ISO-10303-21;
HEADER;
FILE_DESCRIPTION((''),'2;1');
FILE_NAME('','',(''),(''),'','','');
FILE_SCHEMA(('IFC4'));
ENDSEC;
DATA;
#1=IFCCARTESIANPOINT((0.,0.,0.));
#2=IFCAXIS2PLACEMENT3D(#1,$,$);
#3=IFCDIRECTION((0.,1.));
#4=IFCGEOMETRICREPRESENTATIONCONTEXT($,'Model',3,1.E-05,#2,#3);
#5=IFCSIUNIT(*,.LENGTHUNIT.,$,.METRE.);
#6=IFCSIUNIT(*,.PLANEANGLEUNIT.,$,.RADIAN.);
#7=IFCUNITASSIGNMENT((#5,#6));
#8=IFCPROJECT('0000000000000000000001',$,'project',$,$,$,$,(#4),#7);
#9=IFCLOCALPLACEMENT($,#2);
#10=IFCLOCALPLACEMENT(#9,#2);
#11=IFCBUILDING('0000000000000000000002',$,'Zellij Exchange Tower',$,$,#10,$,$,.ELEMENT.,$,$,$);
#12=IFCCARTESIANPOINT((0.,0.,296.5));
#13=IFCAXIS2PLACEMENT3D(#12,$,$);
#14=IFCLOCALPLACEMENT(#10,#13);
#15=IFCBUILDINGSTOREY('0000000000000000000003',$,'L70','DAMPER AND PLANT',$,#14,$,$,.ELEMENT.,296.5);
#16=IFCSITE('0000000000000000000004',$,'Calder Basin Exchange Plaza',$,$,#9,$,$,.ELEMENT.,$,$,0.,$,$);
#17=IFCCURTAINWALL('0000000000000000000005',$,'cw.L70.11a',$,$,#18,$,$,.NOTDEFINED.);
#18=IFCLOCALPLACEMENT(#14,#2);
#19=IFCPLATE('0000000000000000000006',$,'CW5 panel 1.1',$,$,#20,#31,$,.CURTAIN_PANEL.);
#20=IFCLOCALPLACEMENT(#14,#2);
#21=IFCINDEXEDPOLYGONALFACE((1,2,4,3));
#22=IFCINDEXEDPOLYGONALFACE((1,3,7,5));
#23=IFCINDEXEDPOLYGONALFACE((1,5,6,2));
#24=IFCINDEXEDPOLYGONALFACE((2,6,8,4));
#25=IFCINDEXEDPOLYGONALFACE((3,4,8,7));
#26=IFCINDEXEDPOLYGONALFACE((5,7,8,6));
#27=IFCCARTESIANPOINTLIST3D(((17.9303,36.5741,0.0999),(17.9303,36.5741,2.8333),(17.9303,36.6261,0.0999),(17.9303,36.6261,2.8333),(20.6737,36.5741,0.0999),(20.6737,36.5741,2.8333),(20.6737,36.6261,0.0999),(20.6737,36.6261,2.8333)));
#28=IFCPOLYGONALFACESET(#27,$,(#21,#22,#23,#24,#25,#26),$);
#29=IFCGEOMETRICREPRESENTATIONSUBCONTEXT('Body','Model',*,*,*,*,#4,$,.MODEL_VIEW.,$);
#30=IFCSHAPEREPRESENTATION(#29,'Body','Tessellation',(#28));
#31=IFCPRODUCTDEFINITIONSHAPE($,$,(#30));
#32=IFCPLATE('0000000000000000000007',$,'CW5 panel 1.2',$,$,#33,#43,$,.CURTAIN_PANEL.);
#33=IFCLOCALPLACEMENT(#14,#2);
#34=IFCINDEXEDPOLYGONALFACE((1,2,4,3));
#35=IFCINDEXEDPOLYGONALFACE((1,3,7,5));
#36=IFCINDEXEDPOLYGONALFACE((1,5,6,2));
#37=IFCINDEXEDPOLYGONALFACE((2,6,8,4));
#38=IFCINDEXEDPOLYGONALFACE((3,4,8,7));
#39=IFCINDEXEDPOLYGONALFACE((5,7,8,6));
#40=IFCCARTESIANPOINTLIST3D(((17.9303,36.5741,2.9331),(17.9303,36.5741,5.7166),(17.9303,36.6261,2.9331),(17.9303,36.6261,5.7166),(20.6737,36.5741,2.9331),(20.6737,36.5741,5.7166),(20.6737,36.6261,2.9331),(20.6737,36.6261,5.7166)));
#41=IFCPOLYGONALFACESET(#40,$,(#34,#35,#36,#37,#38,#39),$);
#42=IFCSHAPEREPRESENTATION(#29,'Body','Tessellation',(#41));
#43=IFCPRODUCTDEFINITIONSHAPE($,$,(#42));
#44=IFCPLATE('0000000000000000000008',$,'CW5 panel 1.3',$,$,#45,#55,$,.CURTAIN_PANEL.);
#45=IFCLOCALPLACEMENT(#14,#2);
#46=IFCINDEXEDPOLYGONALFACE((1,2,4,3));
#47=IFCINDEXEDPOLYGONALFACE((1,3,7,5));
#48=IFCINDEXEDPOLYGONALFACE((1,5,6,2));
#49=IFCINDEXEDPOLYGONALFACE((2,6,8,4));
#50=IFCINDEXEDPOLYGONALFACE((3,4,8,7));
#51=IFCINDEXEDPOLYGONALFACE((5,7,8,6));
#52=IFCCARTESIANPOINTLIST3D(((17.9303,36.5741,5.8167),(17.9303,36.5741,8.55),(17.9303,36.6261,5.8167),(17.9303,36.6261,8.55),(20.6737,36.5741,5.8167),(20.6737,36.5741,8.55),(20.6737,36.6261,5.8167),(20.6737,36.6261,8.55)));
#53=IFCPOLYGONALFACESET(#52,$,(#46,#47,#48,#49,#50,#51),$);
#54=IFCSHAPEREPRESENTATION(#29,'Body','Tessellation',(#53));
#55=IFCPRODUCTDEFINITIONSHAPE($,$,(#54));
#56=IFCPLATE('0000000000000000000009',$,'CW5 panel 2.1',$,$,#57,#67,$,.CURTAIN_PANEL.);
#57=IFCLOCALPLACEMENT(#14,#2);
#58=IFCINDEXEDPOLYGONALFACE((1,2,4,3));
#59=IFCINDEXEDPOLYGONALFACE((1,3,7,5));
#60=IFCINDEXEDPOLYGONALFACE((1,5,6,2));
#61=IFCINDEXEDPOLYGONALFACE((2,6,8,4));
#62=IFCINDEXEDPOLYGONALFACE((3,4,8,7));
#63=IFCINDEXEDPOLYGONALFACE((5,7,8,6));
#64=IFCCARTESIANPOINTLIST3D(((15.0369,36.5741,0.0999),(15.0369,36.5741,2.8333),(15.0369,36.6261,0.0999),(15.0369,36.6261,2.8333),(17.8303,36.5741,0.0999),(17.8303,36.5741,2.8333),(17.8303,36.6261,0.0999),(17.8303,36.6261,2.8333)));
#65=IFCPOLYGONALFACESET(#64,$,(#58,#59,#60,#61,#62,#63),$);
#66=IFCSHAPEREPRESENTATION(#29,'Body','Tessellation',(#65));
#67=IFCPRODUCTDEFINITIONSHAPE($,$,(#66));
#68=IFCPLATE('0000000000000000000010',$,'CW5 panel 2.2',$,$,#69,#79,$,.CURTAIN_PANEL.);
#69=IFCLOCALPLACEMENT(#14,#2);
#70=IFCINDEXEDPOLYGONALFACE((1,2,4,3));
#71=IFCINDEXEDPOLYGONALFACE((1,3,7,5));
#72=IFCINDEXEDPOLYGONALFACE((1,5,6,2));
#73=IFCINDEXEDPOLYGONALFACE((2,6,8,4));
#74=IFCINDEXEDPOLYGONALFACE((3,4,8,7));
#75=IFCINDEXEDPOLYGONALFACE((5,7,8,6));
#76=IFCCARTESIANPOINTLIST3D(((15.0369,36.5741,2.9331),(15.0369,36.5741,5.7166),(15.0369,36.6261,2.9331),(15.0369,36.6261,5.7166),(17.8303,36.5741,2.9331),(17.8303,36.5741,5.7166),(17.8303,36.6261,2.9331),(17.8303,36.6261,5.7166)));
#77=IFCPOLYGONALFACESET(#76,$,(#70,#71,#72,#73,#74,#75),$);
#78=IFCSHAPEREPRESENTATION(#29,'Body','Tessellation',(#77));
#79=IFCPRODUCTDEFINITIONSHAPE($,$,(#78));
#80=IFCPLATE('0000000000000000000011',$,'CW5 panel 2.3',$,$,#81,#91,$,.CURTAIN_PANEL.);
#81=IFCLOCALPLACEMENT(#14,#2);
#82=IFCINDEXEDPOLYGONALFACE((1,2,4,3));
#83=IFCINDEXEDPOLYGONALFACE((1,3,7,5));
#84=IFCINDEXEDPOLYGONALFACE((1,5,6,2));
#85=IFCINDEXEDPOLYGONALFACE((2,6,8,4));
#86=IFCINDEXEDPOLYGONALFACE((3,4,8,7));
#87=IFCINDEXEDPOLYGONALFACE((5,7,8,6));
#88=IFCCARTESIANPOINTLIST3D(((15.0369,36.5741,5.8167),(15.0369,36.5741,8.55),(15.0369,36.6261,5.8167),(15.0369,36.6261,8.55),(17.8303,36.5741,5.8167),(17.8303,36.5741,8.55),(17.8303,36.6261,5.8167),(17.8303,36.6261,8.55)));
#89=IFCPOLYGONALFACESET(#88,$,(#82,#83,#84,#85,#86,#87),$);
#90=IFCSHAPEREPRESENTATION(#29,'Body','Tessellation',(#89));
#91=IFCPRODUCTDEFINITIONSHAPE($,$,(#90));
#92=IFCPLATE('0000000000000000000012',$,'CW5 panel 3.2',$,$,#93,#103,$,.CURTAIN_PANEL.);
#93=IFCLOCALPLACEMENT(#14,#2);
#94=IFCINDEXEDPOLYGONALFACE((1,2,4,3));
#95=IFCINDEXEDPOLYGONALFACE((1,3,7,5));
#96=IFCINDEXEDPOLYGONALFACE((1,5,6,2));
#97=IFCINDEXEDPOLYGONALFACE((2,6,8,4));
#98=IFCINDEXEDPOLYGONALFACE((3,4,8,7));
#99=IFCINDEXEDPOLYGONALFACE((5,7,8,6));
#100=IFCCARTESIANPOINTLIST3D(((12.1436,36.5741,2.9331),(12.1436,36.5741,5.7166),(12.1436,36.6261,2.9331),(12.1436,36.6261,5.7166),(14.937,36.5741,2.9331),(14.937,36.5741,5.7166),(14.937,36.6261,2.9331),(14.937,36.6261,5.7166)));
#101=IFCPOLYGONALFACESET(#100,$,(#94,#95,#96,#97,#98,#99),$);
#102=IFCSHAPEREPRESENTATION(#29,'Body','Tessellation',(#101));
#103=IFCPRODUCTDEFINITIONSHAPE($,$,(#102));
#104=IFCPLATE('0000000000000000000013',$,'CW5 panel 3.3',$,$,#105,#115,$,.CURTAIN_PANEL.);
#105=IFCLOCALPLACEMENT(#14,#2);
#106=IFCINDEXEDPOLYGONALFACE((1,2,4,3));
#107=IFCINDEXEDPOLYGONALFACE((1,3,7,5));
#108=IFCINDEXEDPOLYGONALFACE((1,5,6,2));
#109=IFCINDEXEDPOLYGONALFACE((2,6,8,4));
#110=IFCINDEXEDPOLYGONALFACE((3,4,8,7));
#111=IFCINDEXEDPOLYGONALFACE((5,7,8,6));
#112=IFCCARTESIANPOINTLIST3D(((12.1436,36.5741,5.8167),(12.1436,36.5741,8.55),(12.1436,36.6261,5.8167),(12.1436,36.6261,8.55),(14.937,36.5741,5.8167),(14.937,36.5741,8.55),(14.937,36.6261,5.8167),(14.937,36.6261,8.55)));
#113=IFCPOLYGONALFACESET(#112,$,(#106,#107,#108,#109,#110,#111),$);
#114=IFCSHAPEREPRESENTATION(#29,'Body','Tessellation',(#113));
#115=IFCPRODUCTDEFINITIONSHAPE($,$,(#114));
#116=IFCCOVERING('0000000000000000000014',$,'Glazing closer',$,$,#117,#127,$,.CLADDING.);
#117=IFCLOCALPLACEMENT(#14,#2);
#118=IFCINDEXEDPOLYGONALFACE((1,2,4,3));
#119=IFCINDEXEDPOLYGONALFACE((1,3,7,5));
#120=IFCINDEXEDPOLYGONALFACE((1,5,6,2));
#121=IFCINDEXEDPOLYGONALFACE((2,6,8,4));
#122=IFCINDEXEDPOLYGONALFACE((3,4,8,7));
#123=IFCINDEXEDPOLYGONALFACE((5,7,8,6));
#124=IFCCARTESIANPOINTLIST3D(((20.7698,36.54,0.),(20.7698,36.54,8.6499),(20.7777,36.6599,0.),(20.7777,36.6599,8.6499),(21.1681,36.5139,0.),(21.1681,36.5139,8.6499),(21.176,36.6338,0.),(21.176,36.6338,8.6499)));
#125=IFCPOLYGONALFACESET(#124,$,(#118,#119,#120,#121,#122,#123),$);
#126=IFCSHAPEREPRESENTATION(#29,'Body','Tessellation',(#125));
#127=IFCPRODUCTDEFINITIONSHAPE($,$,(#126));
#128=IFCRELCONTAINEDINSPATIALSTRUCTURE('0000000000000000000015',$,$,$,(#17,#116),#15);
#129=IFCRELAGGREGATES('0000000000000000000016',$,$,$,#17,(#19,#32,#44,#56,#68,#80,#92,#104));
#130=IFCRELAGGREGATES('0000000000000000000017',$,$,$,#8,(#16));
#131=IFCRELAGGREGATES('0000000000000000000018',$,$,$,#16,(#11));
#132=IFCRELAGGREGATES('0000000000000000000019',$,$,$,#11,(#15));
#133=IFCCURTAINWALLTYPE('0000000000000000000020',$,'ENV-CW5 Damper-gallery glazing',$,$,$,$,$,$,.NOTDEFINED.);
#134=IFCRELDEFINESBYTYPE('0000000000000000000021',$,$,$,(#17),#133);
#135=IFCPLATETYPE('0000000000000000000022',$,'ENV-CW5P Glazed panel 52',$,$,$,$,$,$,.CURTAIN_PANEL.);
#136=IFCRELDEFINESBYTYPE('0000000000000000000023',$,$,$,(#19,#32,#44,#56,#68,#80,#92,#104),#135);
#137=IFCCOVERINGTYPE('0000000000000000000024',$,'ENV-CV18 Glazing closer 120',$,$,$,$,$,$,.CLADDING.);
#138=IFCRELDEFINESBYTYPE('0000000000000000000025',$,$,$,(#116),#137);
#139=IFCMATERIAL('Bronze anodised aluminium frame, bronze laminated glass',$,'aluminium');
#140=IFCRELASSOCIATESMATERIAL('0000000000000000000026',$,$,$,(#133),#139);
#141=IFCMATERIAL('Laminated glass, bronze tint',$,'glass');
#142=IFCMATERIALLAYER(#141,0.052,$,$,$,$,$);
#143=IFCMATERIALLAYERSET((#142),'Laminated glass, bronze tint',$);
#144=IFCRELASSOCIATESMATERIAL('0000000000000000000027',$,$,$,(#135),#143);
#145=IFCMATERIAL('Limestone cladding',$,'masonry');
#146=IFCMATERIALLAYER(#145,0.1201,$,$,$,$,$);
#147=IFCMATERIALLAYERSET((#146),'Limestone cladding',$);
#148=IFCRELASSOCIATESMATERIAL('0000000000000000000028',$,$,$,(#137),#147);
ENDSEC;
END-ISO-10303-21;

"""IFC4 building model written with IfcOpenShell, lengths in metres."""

from ifc_helpers import new_model, si_unit, direction, frame, origin, origin_2d, place, context, subcontext, project, spatial, rectangle, extrude, material, layer, layer_set, type_object, element, aggregate, save


model = new_model("IFC4")

# Units and contexts
model_context = context("Model", 3, precision=1e-05, world=origin(), true_north=direction((0.0, 1.0)))
body_context = subcontext(model_context, "Body", "Model", "MODEL_VIEW")
ifc_project = project(units=[si_unit("LENGTHUNIT", "METRE"), si_unit("PLANEANGLEUNIT", "RADIAN")], contexts=[model_context])

# Site, building, storey
site_placement = place(None, origin())
site = spatial("IfcSite", under=ifc_project, at=site_placement, Name="Calder Basin Exchange Plaza", CompositionType="ELEMENT", RefElevation=0.0)
building_placement = place(site_placement, origin())
building = spatial("IfcBuilding", under=site, at=building_placement, Name="Zellij Exchange Tower", CompositionType="ELEMENT")
storey_placement = place(building_placement, frame((0.0, 0.0, 296.5)))
storey = spatial("IfcBuildingStorey", under=building, at=storey_placement, Name="L70", Description="DAMPER AND PLANT", CompositionType="ELEMENT", Elevation=296.5)

# Curtain wall, plates
ifc_material_1 = material(Name="Bronze anodised aluminium frame, bronze laminated glass", Category="aluminium")
curtain_wall_type = type_object("IfcCurtainWallType", Name="ENV-CW5 Damper-gallery glazing", PredefinedType="NOTDEFINED", material=ifc_material_1)
curtain_wall_placement = place(storey_placement, origin())
curtain_wall = element("IfcCurtainWall", 1, at=curtain_wall_placement, inside=storey, type_object=curtain_wall_type, Name="cw.L70.11a", PredefinedType="NOTDEFINED")
ifc_material_2 = material(Name="Laminated glass, bronze tint", Category="glass")
ifc_layer_1 = layer(ifc_material_2, 0.052)
ifc_layer_set_1 = layer_set([ifc_layer_1], Name="Laminated glass, bronze tint")
plate_type = type_object("IfcPlateType", Name="ENV-CW5P Glazed panel 52", PredefinedType="CURTAIN_PANEL", material=ifc_layer_set_1)
plate_1_placement = place(storey_placement, frame((19.302, 36.6001, 0.0999), z_axis=(0.0, 0.0, 1.0), x_axis=(-1.0, 0.0, 0.0)))
plate_1 = element("IfcPlate", 2, at=plate_1_placement, type_object=plate_type, Name="CW5 panel 1.1", PredefinedType="CURTAIN_PANEL", context=body_context, shape_type="SweptSolid", body=[
    extrude(rectangle(XDim=2.7434, YDim=0.052, at=origin_2d()), origin(), (0.0, 0.0, 1.0), 2.7334),
])
plate_2_placement = place(storey_placement, frame((19.302, 36.6001, 2.9331), z_axis=(0.0, 0.0, 1.0), x_axis=(-1.0, 0.0, 0.0)))
plate_2 = element("IfcPlate", 3, at=plate_2_placement, type_object=plate_type, Name="CW5 panel 1.2", PredefinedType="CURTAIN_PANEL", context=body_context, shape_type="SweptSolid", body=[
    extrude(rectangle(XDim=2.7434, YDim=0.052, at=origin_2d()), origin(), (0.0, 0.0, 1.0), 2.7834),
])
plate_3_placement = place(storey_placement, frame((19.302, 36.6001, 5.8167), z_axis=(0.0, 0.0, 1.0), x_axis=(-1.0, 0.0, 0.0)))
plate_3 = element("IfcPlate", 4, at=plate_3_placement, type_object=plate_type, Name="CW5 panel 1.3", PredefinedType="CURTAIN_PANEL", context=body_context, shape_type="SweptSolid", body=[
    extrude(rectangle(XDim=2.7434, YDim=0.052, at=origin_2d()), origin(), (0.0, 0.0, 1.0), 2.7334),
])
plate_4_placement = place(storey_placement, frame((16.4336, 36.6001, 0.0999), z_axis=(0.0, 0.0, 1.0), x_axis=(-1.0, 0.0, 0.0)))
plate_4 = element("IfcPlate", 5, at=plate_4_placement, type_object=plate_type, Name="CW5 panel 2.1", PredefinedType="CURTAIN_PANEL", context=body_context, shape_type="SweptSolid", body=[
    extrude(rectangle(XDim=2.7935, YDim=0.052, at=origin_2d()), origin(), (0.0, 0.0, 1.0), 2.7334),
])
plate_5_placement = place(storey_placement, frame((16.4336, 36.6001, 2.9331), z_axis=(0.0, 0.0, 1.0), x_axis=(-1.0, 0.0, 0.0)))
plate_5 = element("IfcPlate", 6, at=plate_5_placement, type_object=plate_type, Name="CW5 panel 2.2", PredefinedType="CURTAIN_PANEL", context=body_context, shape_type="SweptSolid", body=[
    extrude(rectangle(XDim=2.7935, YDim=0.052, at=origin_2d()), origin(), (0.0, 0.0, 1.0), 2.7834),
])
plate_6_placement = place(storey_placement, frame((16.4336, 36.6001, 5.8167), z_axis=(0.0, 0.0, 1.0), x_axis=(-1.0, 0.0, 0.0)))
plate_6 = element("IfcPlate", 7, at=plate_6_placement, type_object=plate_type, Name="CW5 panel 2.3", PredefinedType="CURTAIN_PANEL", context=body_context, shape_type="SweptSolid", body=[
    extrude(rectangle(XDim=2.7935, YDim=0.052, at=origin_2d()), origin(), (0.0, 0.0, 1.0), 2.7334),
])
plate_7_placement = place(storey_placement, frame((13.5403, 36.6001, 2.9331), z_axis=(0.0, 0.0, 1.0), x_axis=(-1.0, 0.0, 0.0)))
plate_7 = element("IfcPlate", 8, at=plate_7_placement, type_object=plate_type, Name="CW5 panel 3.2", PredefinedType="CURTAIN_PANEL", context=body_context, shape_type="SweptSolid", body=[
    extrude(rectangle(XDim=2.7935, YDim=0.052, at=origin_2d()), origin(), (0.0, 0.0, 1.0), 2.7834),
])
plate_8_placement = place(storey_placement, frame((13.5403, 36.6001, 5.8167), z_axis=(0.0, 0.0, 1.0), x_axis=(-1.0, 0.0, 0.0)))
plate_8 = element("IfcPlate", 9, at=plate_8_placement, type_object=plate_type, Name="CW5 panel 3.3", PredefinedType="CURTAIN_PANEL", context=body_context, shape_type="SweptSolid", body=[
    extrude(rectangle(XDim=2.7935, YDim=0.052, at=origin_2d()), origin(), (0.0, 0.0, 1.0), 2.7334),
])
aggregate(curtain_wall, [plate_1, plate_2, plate_3, plate_4, plate_5, plate_6, plate_7, plate_8])

# Covering
ifc_material_3 = material(Name="Limestone cladding", Category="masonry")
ifc_layer_2 = layer(ifc_material_3, 0.1201)
ifc_layer_set_2 = layer_set([ifc_layer_2], Name="Limestone cladding")
covering_type = type_object("IfcCoveringType", Name="ENV-CV18 Glazing closer 120", PredefinedType="CLADDING", material=ifc_layer_set_2)
covering_placement = place(storey_placement, frame((20.9729, 36.5869, 0.0), z_axis=(0.0, 0.0, 1.0), x_axis=(-0.99786, 0.065389, 0.0)))
element("IfcCovering", 10, at=covering_placement, inside=storey, type_object=covering_type, Name="Glazing closer", PredefinedType="CLADDING", context=body_context, shape_type="SweptSolid", body=[
    extrude(rectangle(XDim=0.3992, YDim=0.1201, at=origin_2d()), origin(), (0.0, 0.0, 1.0), 8.6499),
])

save(model, "model.ifc")
